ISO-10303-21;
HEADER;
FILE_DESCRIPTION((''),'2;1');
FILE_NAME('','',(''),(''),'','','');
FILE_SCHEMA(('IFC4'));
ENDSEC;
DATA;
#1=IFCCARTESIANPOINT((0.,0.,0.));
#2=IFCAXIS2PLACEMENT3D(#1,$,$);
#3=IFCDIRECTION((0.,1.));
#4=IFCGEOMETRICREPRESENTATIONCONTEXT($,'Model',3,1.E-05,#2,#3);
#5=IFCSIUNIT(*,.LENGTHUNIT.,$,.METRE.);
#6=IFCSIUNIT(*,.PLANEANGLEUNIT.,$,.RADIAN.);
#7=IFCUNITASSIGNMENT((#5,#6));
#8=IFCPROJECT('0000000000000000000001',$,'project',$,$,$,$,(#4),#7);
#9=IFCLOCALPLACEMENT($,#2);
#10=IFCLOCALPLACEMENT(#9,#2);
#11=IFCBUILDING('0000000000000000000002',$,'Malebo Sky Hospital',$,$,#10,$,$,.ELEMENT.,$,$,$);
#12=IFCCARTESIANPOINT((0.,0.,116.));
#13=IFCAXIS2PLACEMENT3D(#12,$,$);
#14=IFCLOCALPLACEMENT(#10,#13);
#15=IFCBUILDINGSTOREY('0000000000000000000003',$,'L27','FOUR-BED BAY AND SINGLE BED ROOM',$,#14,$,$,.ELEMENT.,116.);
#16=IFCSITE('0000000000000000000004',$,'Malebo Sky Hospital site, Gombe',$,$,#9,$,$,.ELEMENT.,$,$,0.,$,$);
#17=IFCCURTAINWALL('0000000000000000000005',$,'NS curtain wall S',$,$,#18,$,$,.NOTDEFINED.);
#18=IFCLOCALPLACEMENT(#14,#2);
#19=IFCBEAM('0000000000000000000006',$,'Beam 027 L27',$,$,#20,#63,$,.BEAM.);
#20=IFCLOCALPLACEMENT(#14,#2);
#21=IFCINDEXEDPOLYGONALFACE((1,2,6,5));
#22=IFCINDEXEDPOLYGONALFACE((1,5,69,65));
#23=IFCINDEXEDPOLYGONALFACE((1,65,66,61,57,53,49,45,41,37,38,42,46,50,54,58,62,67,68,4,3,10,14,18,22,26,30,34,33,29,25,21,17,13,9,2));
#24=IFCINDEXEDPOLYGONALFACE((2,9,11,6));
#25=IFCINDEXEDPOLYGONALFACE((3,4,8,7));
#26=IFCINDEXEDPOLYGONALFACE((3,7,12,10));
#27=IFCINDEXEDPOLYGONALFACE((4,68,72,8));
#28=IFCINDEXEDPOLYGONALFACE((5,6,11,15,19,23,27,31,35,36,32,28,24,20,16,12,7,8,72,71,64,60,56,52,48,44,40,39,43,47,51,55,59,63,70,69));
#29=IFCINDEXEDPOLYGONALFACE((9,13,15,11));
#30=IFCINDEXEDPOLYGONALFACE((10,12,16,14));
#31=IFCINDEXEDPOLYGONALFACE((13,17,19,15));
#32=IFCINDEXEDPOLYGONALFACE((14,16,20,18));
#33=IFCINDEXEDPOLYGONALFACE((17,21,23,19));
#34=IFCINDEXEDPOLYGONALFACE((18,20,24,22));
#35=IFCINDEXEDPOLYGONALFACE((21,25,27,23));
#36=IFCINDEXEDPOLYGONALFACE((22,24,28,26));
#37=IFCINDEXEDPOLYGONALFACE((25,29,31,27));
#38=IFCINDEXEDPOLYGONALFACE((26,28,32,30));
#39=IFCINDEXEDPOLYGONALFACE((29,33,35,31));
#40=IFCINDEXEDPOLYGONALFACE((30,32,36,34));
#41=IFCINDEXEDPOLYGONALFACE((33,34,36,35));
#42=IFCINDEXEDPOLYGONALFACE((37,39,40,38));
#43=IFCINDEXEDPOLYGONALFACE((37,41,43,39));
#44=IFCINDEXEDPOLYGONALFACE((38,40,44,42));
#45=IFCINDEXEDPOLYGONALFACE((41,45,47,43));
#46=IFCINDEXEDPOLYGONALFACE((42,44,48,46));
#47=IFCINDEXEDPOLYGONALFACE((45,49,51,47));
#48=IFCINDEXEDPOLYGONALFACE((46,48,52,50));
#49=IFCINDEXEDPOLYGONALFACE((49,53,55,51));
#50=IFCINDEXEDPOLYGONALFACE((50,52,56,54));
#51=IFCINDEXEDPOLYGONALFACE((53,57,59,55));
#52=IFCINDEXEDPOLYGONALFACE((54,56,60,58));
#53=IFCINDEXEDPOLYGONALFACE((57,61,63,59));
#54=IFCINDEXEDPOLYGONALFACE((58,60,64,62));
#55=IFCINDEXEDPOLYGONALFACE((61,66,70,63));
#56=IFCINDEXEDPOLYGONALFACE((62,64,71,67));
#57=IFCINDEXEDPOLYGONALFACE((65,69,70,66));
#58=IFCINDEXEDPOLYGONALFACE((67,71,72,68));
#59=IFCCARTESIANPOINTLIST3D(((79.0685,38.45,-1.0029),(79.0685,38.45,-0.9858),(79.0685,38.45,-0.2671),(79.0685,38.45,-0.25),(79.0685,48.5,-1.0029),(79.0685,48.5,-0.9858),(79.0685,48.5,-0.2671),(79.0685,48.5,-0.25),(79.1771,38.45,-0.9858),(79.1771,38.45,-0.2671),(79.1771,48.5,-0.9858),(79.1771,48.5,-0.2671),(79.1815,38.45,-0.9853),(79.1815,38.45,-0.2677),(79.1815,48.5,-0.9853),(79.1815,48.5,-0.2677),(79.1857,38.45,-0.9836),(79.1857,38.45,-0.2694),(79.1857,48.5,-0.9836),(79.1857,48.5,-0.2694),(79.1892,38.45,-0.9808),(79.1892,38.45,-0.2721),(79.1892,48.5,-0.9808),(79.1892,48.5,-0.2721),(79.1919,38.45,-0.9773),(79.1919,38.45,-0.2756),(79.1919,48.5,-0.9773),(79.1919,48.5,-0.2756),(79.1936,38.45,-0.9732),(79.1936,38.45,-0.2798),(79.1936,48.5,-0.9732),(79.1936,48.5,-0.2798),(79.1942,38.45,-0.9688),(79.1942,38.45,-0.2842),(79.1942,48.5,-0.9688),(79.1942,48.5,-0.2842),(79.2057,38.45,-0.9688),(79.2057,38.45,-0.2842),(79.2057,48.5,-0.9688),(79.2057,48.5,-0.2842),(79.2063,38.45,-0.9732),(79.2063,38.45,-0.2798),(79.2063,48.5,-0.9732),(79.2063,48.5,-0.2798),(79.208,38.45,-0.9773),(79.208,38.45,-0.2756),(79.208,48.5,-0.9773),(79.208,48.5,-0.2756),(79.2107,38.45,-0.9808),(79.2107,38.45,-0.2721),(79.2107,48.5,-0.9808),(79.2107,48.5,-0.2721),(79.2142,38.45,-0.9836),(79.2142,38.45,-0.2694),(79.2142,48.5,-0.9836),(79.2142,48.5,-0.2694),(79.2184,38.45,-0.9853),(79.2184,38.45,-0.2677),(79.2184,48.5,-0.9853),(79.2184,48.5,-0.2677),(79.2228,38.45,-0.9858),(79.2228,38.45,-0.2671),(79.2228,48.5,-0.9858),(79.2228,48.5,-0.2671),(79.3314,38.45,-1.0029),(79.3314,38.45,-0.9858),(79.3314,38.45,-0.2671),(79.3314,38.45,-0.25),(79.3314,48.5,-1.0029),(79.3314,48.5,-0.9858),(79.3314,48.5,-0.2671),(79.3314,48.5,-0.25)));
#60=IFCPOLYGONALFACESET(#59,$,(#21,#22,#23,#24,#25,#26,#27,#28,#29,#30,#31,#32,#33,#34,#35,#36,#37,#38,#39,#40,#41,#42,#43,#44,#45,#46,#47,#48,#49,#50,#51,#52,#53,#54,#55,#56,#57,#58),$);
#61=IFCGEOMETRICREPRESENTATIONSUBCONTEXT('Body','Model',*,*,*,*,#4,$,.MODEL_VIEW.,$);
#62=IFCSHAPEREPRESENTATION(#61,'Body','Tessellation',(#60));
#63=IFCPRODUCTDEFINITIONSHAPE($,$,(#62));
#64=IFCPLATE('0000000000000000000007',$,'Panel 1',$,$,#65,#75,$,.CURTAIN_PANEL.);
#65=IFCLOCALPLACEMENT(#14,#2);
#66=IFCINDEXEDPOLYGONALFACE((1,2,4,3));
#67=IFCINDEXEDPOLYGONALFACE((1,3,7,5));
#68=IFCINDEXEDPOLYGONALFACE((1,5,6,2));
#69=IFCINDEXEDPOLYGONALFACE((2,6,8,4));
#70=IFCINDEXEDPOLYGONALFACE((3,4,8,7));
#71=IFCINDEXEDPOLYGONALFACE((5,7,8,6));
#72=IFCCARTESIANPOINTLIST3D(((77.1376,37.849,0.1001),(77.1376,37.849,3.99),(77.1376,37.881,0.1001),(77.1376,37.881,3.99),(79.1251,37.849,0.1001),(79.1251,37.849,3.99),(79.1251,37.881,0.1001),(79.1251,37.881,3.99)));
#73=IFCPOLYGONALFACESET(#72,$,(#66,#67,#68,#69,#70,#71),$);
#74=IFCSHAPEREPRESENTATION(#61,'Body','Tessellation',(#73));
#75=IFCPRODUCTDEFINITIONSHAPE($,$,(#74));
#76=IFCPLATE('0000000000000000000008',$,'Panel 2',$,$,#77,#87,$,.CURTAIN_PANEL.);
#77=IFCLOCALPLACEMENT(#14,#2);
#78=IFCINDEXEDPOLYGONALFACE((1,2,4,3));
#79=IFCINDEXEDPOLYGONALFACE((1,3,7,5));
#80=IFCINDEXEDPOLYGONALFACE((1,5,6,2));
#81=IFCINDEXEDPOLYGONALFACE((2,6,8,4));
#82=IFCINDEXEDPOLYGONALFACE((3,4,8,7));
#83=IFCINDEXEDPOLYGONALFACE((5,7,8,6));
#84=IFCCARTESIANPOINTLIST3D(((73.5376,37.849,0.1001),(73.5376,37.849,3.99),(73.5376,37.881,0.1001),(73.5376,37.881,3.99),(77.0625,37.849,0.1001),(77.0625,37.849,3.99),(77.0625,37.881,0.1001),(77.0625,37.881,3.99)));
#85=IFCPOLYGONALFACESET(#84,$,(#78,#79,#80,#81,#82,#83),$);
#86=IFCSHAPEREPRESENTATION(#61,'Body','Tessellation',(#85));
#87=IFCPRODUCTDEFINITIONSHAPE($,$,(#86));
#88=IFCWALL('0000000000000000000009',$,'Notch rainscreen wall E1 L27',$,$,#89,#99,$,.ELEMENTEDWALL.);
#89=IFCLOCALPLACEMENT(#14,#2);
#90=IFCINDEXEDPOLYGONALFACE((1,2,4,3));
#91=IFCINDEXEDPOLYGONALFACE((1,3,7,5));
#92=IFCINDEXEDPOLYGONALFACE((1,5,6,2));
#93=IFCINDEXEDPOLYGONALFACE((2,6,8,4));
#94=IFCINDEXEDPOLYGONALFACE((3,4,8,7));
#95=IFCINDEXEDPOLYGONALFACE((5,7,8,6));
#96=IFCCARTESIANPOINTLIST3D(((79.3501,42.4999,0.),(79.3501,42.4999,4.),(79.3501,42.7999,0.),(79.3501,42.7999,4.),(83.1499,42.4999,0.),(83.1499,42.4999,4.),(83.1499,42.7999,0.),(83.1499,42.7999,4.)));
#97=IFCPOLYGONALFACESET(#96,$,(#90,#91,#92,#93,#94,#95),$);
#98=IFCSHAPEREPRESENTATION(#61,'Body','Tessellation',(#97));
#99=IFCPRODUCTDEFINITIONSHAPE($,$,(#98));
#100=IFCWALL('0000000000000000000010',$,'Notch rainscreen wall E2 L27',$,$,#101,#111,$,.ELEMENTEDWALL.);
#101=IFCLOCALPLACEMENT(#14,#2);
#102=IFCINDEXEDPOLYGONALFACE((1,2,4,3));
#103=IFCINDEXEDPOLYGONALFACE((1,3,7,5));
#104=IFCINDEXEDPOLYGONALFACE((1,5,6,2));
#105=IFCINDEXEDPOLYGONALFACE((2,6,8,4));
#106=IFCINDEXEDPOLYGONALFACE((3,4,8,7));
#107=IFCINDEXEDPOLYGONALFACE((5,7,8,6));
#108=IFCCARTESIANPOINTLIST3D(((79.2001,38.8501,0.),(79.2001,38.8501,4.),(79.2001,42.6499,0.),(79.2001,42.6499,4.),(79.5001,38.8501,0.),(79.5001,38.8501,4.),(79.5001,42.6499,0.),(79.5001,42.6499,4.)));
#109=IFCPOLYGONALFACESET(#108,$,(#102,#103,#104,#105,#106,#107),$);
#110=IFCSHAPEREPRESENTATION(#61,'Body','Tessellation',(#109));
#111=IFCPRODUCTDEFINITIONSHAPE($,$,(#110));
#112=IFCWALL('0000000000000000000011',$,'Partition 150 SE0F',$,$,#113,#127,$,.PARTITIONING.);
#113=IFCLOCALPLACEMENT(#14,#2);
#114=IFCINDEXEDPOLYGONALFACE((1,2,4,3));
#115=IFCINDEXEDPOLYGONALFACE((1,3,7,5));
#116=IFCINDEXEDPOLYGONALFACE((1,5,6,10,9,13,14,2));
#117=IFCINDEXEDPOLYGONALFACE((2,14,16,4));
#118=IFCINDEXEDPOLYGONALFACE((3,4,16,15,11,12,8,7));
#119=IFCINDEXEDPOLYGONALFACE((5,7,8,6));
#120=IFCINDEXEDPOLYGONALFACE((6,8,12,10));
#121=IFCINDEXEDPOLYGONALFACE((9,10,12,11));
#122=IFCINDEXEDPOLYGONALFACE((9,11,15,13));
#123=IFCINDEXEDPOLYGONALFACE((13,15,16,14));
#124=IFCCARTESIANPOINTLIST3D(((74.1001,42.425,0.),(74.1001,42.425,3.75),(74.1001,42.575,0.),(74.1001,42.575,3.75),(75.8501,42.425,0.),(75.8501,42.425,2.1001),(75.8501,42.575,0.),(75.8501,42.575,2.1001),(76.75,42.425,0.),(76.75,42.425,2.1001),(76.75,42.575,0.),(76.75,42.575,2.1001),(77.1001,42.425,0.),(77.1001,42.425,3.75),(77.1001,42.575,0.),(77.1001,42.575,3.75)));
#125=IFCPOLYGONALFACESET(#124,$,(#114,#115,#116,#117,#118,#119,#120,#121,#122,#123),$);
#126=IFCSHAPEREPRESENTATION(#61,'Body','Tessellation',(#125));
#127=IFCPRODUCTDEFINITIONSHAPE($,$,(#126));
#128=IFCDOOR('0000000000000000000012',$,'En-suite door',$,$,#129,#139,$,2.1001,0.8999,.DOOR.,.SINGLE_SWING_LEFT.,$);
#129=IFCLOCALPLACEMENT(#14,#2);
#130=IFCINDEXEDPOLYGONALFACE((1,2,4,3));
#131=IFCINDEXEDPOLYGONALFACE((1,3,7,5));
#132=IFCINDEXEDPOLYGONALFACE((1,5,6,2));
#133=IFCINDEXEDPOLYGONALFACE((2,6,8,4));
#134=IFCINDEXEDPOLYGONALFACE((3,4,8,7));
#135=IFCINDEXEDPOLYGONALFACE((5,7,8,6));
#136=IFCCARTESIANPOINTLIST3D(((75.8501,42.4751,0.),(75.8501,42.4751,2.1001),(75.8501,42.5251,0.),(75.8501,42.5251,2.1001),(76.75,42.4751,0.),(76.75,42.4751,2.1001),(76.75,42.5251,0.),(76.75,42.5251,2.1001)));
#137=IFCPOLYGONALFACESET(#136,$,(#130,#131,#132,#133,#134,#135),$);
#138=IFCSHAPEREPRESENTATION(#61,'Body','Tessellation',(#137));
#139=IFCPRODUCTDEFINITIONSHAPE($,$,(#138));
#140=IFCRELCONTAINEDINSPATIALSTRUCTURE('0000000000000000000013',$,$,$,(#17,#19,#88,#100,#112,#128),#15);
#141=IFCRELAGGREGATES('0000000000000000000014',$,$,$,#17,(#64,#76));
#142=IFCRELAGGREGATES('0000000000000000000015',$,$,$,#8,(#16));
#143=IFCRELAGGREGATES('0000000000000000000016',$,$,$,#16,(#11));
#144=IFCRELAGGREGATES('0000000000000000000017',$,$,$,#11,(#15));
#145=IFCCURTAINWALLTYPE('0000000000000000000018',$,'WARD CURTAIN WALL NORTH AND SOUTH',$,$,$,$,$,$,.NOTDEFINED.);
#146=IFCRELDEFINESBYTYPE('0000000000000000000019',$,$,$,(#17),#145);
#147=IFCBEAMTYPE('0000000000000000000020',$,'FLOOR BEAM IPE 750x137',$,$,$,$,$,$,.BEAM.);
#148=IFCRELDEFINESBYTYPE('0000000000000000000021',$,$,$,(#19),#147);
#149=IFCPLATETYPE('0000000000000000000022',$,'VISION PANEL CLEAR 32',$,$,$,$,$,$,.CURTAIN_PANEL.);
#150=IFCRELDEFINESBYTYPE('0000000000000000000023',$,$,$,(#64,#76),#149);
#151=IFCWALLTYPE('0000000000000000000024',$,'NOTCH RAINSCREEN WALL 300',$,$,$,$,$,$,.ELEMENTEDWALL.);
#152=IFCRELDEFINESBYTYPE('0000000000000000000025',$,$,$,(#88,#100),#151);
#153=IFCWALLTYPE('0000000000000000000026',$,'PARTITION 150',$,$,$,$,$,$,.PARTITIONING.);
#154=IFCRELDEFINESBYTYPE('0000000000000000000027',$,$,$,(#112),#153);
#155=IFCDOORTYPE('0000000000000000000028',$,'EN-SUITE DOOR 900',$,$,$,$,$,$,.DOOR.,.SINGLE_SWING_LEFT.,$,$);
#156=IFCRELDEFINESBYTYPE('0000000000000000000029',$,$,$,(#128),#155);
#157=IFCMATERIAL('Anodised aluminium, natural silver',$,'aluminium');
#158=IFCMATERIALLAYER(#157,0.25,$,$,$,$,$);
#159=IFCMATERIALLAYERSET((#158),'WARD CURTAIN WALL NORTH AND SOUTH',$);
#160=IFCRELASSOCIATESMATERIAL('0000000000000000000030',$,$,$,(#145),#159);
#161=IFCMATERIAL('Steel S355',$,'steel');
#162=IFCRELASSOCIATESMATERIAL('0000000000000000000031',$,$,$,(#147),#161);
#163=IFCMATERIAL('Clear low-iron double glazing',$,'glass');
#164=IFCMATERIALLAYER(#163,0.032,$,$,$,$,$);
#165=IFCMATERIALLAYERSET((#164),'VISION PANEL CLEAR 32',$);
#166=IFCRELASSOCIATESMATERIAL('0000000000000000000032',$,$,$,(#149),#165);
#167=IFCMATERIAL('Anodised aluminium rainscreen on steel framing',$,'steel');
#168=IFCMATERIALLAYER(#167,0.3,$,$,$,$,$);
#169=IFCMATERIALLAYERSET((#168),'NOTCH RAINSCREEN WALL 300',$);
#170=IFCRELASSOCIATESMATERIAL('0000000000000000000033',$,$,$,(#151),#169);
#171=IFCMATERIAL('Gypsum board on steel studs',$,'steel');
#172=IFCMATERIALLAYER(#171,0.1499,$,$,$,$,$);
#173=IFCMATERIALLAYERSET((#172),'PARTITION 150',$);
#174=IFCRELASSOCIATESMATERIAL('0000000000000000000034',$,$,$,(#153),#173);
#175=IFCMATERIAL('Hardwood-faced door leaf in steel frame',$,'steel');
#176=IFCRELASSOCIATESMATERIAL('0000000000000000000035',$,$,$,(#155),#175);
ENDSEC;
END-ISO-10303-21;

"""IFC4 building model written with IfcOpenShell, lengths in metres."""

from ifc_helpers import new_model, si_unit, direction, frame, frame_2d, origin, origin_2d, place, context, subcontext, project, spatial, rectangle, i_section, extrude, material, layer, layer_set, material_profile, profile_set, type_object, element, fill, aggregate, save


model = new_model("IFC4")

# Units and contexts
model_context = context("Model", 3, precision=1e-05, world=origin(), true_north=direction((0.0, 1.0)))
body_context = subcontext(model_context, "Body", "Model", "MODEL_VIEW")
ifc_project = project(units=[si_unit("LENGTHUNIT", "METRE"), si_unit("PLANEANGLEUNIT", "RADIAN")], contexts=[model_context])

# Site, building, storey
site_placement = place(None, origin())
site = spatial("IfcSite", under=ifc_project, at=site_placement, Name="Malebo Sky Hospital site, Gombe", CompositionType="ELEMENT", RefElevation=0.0)
building_placement = place(site_placement, origin())
building = spatial("IfcBuilding", under=site, at=building_placement, Name="Malebo Sky Hospital", CompositionType="ELEMENT")
storey_placement = place(building_placement, frame((0.0, 0.0, 116.0)))
storey = spatial("IfcBuildingStorey", under=building, at=storey_placement, Name="L27", Description="FOUR-BED BAY AND SINGLE BED ROOM", CompositionType="ELEMENT", Elevation=116.0)

# Curtain wall
ifc_material_1 = material(Name="Anodised aluminium, natural silver", Category="aluminium")
ifc_layer_1 = layer(ifc_material_1, 0.25)
ifc_layer_set_1 = layer_set([ifc_layer_1], Name="WARD CURTAIN WALL NORTH AND SOUTH")
curtain_wall_type_1 = type_object("IfcCurtainWallType", Name="WARD CURTAIN WALL NORTH AND SOUTH", PredefinedType="NOTDEFINED", material=ifc_layer_set_1)
curtain_wall_1_placement = place(storey_placement, origin())
curtain_wall_1 = element("IfcCurtainWall", 1, at=curtain_wall_1_placement, inside=storey, type_object=curtain_wall_type_1, Name="NS curtain wall S", PredefinedType="NOTDEFINED")

# Beam
ifc_material_2 = material(Name="Steel S355", Category="steel")
ifc_material_profile_1 = material_profile(ifc_material_2, i_section(OverallWidth=0.2629, OverallDepth=0.7529, WebThickness=0.0115, FlangeThickness=0.0171, FilletRadius=0.0171, at=origin_2d()), Name="IPE 750x137")
ifc_profile_set_1 = profile_set([ifc_material_profile_1], Name="Steel S355")
beam_type_1 = type_object("IfcBeamType", Name="FLOOR BEAM IPE 750x137", PredefinedType="BEAM", material=ifc_profile_set_1)
beam_1_placement = place(storey_placement, frame((79.2, 38.45, -0.6265), z_axis=(0.0, 1.0, 0.0), x_axis=(-1.0, 0.0, 0.0)))
element("IfcBeam", 2, at=beam_1_placement, inside=storey, type_object=beam_type_1, Name="Beam 027 L27", PredefinedType="BEAM", context=body_context, shape_type="SweptSolid", body=[
    extrude(i_section(OverallWidth=0.2629, OverallDepth=0.7529, WebThickness=0.0115, FlangeThickness=0.0171, FilletRadius=0.0171, at=origin_2d()), origin(), (0.0, 0.0, 1.0), 10.05),
])

# Plates
ifc_material_3 = material(Name="Clear low-iron double glazing", Category="glass")
ifc_layer_2 = layer(ifc_material_3, 0.032)
ifc_layer_set_2 = layer_set([ifc_layer_2], Name="VISION PANEL CLEAR 32")
plate_type = type_object("IfcPlateType", Name="VISION PANEL CLEAR 32", PredefinedType="CURTAIN_PANEL", material=ifc_layer_set_2)
plate_1_placement = place(storey_placement, frame((78.1313, 37.865, 0.1001), z_axis=(0.0, 0.0, 1.0), x_axis=(-1.0, 0.0, 0.0)))
plate_1 = element("IfcPlate", 3, at=plate_1_placement, type_object=plate_type, Name="Panel 1", PredefinedType="CURTAIN_PANEL", context=body_context, shape_type="SweptSolid", body=[
    extrude(rectangle(XDim=1.9875, YDim=0.032, at=origin_2d()), origin(), (0.0, 0.0, 1.0), 3.8899),
])
plate_2_placement = place(storey_placement, frame((75.3, 37.865, 0.1001), z_axis=(0.0, 0.0, 1.0), x_axis=(-1.0, 0.0, 0.0)))
plate_2 = element("IfcPlate", 4, at=plate_2_placement, type_object=plate_type, Name="Panel 2", PredefinedType="CURTAIN_PANEL", context=body_context, shape_type="SweptSolid", body=[
    extrude(rectangle(XDim=3.5249, YDim=0.032, at=origin_2d()), origin(), (0.0, 0.0, 1.0), 3.8899),
])
aggregate(curtain_wall_1, [plate_1, plate_2])

# Walls
ifc_material_4 = material(Name="Anodised aluminium rainscreen on steel framing", Category="steel")
ifc_layer_3 = layer(ifc_material_4, 0.3)
ifc_layer_set_3 = layer_set([ifc_layer_3], Name="NOTCH RAINSCREEN WALL 300")
wall_type_1 = type_object("IfcWallType", Name="NOTCH RAINSCREEN WALL 300", PredefinedType="ELEMENTEDWALL", material=ifc_layer_set_3)
for number, where, z_axis, x_axis, name in (
    (5, (83.1499, 42.6499, 0.0), (0.0, 0.0, 1.0), (-1.0, 0.0, 0.0), "Notch rainscreen wall E1 L27"),
    (6, (79.3501, 42.6499, 0.0), (0.0, 0.0, 1.0), (0.0, -1.0, 0.0), "Notch rainscreen wall E2 L27"),
):
    element("IfcWall", number, at=place(storey_placement, frame(where, z_axis=z_axis, x_axis=x_axis)), inside=storey, type_object=wall_type_1, Name=name, PredefinedType="ELEMENTEDWALL", context=body_context, shape_type="SweptSolid", body=[
        extrude(rectangle(XDim=3.7998, YDim=0.3, at=frame_2d((1.8999, 0.0))), origin(), (0.0, 0.0, 1.0), 4.0),
    ])

# Wall, opening, door
ifc_material_5 = material(Name="Gypsum board on steel studs", Category="steel")
ifc_layer_4 = layer(ifc_material_5, 0.1499)
ifc_layer_set_4 = layer_set([ifc_layer_4], Name="PARTITION 150")
wall_type_2 = type_object("IfcWallType", Name="PARTITION 150", PredefinedType="PARTITIONING", material=ifc_layer_set_4)
wall_placement = place(storey_placement, frame((77.1001, 42.5, 0.0), z_axis=(0.0, 0.0, 1.0), x_axis=(-1.0, 0.0, 0.0)))
wall = element("IfcWall", 7, at=wall_placement, inside=storey, type_object=wall_type_2, Name="Partition 150 SE0F", PredefinedType="PARTITIONING", context=body_context, shape_type="SweptSolid", body=[
    extrude(rectangle(XDim=3.0, YDim=0.1499, at=frame_2d((1.5, 0.0))), origin(), (0.0, 0.0, 1.0), 3.75),
])
opening_placement = place(wall_placement, frame((0.3501, 0.0, 0.0)))
opening = element("IfcOpeningElement", 8, at=opening_placement, cuts=wall, PredefinedType="OPENING", context=body_context, shape_type="SweptSolid", body=[
    extrude(rectangle(XDim=0.8999, YDim=2.1001, at=frame_2d((0.45, 1.05))), frame((0.0, 0.085, 0.0), z_axis=(0.0, -1.0, 0.0), x_axis=(1.0, 0.0, 0.0)), (0.0, 0.0, 1.0), 0.1699),
])
ifc_material_6 = material(Name="Hardwood-faced door leaf in steel frame", Category="steel")
door_type = type_object("IfcDoorType", Name="EN-SUITE DOOR 900", OperationType="SINGLE_SWING_LEFT", PredefinedType="DOOR", material=ifc_material_6)
door_placement = place(opening_placement, origin())
door = element("IfcDoor", 9, at=door_placement, inside=storey, type_object=door_type, Name="En-suite door", OperationType="SINGLE_SWING_LEFT", OverallHeight=2.1001, OverallWidth=0.8999, PredefinedType="DOOR", context=body_context, shape_type="SweptSolid", body=[
    extrude(rectangle(XDim=0.8999, YDim=2.1001, at=frame_2d((0.45, 1.05))), frame((0.0, 0.0249, 0.0), z_axis=(0.0, -1.0, 0.0), x_axis=(1.0, 0.0, 0.0)), (0.0, 0.0, 1.0), 0.05),
])
fill(opening, door)

save(model, "model.ifc")
